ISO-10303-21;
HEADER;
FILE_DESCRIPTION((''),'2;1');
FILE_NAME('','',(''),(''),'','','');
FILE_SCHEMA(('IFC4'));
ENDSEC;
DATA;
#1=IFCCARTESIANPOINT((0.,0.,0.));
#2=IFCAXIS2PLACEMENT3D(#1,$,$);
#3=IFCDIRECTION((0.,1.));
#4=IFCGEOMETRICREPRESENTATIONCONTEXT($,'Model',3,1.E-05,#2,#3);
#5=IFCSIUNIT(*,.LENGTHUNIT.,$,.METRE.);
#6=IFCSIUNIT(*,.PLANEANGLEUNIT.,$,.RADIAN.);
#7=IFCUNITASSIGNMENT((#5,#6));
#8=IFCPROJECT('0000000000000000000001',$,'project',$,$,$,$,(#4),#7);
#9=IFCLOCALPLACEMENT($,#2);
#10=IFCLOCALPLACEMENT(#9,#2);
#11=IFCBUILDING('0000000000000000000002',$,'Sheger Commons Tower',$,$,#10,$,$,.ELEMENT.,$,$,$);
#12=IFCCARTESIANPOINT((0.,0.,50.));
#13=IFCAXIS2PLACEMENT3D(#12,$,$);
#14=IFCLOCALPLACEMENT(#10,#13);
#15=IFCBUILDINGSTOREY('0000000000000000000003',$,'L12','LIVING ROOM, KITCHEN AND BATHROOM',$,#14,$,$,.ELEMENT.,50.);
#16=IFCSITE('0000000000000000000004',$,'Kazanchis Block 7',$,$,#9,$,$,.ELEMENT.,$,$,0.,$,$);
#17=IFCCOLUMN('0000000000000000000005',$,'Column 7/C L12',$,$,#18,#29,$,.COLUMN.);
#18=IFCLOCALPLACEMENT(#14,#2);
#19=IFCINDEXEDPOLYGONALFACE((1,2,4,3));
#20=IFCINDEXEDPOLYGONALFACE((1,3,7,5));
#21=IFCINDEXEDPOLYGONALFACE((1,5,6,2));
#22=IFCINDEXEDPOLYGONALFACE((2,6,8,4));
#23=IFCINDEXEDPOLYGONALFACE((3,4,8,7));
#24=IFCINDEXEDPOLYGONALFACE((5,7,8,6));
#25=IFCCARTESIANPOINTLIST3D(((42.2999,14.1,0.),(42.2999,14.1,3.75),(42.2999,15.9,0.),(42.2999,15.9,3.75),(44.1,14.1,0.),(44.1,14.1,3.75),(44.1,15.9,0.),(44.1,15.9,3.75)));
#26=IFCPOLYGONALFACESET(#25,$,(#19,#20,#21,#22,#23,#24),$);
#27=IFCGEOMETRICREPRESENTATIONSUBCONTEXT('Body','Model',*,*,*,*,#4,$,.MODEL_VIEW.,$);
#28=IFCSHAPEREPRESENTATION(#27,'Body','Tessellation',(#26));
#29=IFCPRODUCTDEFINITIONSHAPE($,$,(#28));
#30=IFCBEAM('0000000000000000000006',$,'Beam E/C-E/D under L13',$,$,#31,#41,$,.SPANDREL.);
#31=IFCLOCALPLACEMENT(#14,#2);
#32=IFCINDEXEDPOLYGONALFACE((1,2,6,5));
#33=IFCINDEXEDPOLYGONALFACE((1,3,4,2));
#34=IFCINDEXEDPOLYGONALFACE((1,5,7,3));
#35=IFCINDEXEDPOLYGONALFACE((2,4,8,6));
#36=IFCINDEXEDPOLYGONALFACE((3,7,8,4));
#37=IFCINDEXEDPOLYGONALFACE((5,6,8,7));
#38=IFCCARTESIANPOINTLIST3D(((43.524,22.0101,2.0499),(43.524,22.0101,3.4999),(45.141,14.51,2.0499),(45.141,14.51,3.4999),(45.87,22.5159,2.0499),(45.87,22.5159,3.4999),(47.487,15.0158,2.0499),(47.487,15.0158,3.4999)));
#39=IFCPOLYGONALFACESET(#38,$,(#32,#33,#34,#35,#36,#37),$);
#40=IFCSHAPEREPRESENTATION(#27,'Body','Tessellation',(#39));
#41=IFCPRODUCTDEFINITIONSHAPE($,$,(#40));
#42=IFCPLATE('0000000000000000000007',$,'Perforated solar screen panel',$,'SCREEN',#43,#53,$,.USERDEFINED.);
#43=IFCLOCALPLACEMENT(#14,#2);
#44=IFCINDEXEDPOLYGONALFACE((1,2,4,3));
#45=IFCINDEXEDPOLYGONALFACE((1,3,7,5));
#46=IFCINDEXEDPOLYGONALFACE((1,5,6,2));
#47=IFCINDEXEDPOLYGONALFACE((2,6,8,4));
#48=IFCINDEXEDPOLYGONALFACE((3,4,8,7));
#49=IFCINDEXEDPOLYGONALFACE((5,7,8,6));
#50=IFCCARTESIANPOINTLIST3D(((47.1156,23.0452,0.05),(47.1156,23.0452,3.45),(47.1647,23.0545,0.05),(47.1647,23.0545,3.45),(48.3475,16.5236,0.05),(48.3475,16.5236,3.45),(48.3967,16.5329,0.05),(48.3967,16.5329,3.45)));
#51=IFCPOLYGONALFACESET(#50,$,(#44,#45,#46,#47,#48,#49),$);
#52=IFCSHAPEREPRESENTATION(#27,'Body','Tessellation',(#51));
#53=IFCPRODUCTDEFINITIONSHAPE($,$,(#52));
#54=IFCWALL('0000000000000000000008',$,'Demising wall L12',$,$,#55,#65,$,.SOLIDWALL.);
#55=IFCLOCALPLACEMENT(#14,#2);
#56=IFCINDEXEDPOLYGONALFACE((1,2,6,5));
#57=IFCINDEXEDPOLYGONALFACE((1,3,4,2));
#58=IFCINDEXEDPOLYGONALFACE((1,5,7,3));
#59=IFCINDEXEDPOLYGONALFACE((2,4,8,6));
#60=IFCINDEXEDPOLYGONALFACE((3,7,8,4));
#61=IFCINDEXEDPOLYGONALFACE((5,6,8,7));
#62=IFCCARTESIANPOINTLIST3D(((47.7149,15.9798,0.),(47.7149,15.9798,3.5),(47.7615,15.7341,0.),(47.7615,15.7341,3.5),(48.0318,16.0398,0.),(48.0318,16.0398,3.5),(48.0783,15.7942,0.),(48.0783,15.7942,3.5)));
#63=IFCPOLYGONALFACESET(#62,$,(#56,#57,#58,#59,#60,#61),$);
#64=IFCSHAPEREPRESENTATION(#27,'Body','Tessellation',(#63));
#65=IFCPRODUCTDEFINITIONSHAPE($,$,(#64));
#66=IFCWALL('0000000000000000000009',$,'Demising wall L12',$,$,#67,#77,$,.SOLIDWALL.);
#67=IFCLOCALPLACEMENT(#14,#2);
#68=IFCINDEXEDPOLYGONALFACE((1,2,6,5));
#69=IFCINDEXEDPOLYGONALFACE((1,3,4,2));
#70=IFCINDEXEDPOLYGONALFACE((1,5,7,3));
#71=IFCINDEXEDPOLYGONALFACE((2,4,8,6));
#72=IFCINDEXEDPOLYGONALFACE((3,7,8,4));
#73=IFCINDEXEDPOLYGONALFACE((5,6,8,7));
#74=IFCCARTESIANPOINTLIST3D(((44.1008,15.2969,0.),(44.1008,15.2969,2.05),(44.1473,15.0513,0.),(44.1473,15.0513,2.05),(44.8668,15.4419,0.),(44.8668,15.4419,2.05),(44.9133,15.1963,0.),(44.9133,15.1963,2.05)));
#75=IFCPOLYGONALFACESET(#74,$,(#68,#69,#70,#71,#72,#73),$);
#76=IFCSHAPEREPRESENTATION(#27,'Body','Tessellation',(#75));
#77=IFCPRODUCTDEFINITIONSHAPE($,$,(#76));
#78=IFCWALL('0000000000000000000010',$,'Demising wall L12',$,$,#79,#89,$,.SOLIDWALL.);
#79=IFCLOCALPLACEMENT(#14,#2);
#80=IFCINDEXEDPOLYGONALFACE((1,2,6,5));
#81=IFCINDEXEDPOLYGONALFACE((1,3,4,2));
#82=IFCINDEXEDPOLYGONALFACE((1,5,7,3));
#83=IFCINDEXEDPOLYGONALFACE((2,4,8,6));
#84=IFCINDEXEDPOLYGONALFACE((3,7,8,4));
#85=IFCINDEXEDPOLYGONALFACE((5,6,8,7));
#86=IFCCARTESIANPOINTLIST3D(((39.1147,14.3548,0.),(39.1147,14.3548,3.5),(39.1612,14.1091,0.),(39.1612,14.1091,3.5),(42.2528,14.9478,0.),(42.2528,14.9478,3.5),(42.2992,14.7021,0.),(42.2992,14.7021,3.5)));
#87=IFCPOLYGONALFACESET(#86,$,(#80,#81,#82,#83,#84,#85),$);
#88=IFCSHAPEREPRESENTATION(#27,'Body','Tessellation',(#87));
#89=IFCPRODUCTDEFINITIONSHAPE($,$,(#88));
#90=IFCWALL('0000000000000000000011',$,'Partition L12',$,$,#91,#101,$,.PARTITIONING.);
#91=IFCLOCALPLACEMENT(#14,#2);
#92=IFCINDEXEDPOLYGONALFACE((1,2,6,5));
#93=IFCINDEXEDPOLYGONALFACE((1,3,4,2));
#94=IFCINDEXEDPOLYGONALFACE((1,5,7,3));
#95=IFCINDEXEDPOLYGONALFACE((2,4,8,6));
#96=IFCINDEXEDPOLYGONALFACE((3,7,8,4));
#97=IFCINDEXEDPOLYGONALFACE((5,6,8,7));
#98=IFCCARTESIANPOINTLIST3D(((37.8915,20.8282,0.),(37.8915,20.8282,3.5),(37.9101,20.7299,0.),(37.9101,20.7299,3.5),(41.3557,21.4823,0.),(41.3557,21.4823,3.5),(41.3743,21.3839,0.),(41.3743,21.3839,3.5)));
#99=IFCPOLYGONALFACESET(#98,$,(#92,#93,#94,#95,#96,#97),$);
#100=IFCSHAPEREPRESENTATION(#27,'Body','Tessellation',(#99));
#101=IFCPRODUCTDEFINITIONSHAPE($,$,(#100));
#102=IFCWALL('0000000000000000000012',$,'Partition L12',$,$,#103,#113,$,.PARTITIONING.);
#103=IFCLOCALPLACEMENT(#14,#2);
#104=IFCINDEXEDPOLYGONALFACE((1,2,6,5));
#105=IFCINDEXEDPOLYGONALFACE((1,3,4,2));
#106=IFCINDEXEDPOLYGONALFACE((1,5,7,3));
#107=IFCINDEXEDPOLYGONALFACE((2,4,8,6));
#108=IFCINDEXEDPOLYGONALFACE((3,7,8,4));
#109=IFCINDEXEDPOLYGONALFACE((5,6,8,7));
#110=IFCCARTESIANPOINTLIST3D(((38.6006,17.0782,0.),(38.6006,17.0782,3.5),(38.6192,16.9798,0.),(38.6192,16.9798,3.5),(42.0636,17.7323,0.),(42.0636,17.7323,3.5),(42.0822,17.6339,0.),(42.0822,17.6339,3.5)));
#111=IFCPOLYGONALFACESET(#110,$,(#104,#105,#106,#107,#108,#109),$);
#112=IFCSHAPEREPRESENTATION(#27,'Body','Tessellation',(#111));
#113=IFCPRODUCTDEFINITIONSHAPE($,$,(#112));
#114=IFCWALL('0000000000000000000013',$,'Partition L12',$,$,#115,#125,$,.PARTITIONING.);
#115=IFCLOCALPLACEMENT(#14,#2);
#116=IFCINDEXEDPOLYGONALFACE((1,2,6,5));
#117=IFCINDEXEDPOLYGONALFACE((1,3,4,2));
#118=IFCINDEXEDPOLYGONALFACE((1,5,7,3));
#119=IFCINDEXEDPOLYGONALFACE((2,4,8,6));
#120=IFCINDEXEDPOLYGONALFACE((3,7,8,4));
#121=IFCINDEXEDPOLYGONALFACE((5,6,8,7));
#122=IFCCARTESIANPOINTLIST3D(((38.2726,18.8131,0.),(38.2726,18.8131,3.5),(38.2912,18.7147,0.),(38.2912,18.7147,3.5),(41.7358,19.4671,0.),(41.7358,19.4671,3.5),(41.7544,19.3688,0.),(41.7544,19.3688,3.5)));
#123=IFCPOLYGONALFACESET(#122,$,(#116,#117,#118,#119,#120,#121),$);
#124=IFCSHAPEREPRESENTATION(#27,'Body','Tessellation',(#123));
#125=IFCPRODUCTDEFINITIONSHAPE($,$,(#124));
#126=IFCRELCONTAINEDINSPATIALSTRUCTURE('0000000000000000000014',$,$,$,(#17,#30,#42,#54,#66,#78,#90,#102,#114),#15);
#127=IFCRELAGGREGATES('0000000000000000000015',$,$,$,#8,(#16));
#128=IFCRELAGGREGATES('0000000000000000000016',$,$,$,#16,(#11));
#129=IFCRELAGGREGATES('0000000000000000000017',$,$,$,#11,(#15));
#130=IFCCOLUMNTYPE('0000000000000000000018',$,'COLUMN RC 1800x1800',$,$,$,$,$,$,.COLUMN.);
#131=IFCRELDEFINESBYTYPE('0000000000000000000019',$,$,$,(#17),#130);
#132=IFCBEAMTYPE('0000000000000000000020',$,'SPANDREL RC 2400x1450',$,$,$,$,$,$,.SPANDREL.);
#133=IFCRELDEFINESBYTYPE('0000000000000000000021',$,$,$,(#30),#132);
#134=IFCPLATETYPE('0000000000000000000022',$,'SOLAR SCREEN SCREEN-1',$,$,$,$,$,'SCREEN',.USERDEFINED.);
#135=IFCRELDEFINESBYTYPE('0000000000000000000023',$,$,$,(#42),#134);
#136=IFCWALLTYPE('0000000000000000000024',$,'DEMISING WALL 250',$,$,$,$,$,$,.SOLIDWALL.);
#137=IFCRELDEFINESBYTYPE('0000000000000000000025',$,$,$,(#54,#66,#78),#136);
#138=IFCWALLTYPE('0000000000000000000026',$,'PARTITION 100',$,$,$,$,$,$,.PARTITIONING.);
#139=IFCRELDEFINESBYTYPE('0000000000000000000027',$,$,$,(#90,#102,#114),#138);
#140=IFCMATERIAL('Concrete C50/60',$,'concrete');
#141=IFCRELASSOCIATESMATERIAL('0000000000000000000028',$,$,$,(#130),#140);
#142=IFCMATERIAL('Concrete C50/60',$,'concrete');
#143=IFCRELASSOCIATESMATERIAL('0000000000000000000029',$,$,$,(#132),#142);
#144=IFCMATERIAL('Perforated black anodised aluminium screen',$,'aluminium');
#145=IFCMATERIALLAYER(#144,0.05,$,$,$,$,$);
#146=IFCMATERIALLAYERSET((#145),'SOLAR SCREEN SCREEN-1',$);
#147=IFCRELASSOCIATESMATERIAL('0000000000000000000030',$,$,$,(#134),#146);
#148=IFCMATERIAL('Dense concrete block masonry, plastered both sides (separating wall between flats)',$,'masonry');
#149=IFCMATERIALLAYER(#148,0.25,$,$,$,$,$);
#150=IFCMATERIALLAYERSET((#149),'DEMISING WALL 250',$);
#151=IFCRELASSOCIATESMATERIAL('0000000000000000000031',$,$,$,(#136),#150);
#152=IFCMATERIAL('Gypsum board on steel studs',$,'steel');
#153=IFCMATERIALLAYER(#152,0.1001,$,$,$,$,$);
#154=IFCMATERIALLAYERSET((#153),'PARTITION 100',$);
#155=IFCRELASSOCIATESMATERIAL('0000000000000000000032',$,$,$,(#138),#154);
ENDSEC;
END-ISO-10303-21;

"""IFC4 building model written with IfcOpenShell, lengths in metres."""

from ifc_helpers import new_model, si_unit, direction, frame, frame_2d, origin, origin_2d, place, context, subcontext, project, spatial, rectangle, extrude, material, layer, layer_set, material_profile, profile_set, type_object, element, save


model = new_model("IFC4")

# Units and contexts
model_context = context("Model", 3, precision=1e-05, world=origin(), true_north=direction((0.0, 1.0)))
body_context = subcontext(model_context, "Body", "Model", "MODEL_VIEW")
ifc_project = project(units=[si_unit("LENGTHUNIT", "METRE"), si_unit("PLANEANGLEUNIT", "RADIAN")], contexts=[model_context])

# Site, building, storey
site_placement = place(None, origin())
site = spatial("IfcSite", under=ifc_project, at=site_placement, Name="Kazanchis Block 7", CompositionType="ELEMENT", RefElevation=0.0)
building_placement = place(site_placement, origin())
building = spatial("IfcBuilding", under=site, at=building_placement, Name="Sheger Commons Tower", CompositionType="ELEMENT")
storey_placement = place(building_placement, frame((0.0, 0.0, 50.0)))
storey = spatial("IfcBuildingStorey", under=building, at=storey_placement, Name="L12", Description="LIVING ROOM, KITCHEN AND BATHROOM", CompositionType="ELEMENT", Elevation=50.0)

# Column
ifc_material_1 = material(Name="Concrete C50/60", Category="concrete")
ifc_material_profile_1 = material_profile(ifc_material_1, rectangle(XDim=1.8, YDim=1.8, at=origin_2d()), Name="RC 1800x1800")
ifc_profile_set_1 = profile_set([ifc_material_profile_1], Name="Concrete C50/60")
column_type = type_object("IfcColumnType", Name="COLUMN RC 1800x1800", PredefinedType="COLUMN", material=ifc_profile_set_1)
column_placement = place(storey_placement, frame((43.2, 15.0, 0.0), z_axis=(0.0, 0.0, 1.0), x_axis=(1.0, 0.0, 0.0)))
element("IfcColumn", 1, at=column_placement, inside=storey, type_object=column_type, Name="Column 7/C L12", PredefinedType="COLUMN", context=body_context, shape_type="SweptSolid", body=[
    extrude(rectangle(XDim=1.8, YDim=1.8, at=origin_2d()), origin(), (0.0, 0.0, 1.0), 3.75),
])

# Beam
ifc_material_2 = material(Name="Concrete C50/60", Category="concrete")
ifc_material_profile_2 = material_profile(ifc_material_2, rectangle(XDim=2.3999, YDim=1.45, at=origin_2d()), Name="RC 2400x1450")
ifc_profile_set_2 = profile_set([ifc_material_profile_2], Name="Concrete C50/60")
beam_type = type_object("IfcBeamType", Name="SPANDREL RC 2400x1450", PredefinedType="SPANDREL", material=ifc_profile_set_2)
beam_placement = place(storey_placement, frame((46.314, 14.7629, 2.7749), z_axis=(-0.21075, 0.97754, 0.0), x_axis=(-0.97754, -0.21075, 0.0)))
element("IfcBeam", 2, at=beam_placement, inside=storey, type_object=beam_type, Name="Beam E/C-E/D under L13", PredefinedType="SPANDREL", context=body_context, shape_type="SweptSolid", body=[
    extrude(rectangle(XDim=2.3999, YDim=1.45, at=origin_2d()), origin(), (0.0, 0.0, 1.0), 7.6724),
])

# Plate
ifc_material_3 = material(Name="Perforated black anodised aluminium screen", Category="aluminium")
ifc_layer_1 = layer(ifc_material_3, 0.05)
ifc_layer_set_1 = layer_set([ifc_layer_1], Name="SOLAR SCREEN SCREEN-1")
plate_type = type_object("IfcPlateType", Name="SOLAR SCREEN SCREEN-1", ElementType="SCREEN", PredefinedType="USERDEFINED", material=ifc_layer_set_1)
plate_placement = place(storey_placement, frame((47.7561, 19.7891, 0.05), z_axis=(0.0, 0.0, 1.0), x_axis=(-0.185615, 0.982623, 0.0)))
element("IfcPlate", 3, at=plate_placement, inside=storey, type_object=plate_type, Name="Perforated solar screen panel", ObjectType="SCREEN", PredefinedType="USERDEFINED", context=body_context, shape_type="SweptSolid", body=[
    extrude(rectangle(XDim=6.637, YDim=0.05, at=origin_2d()), origin(), (0.0, 0.0, 1.0), 3.3999),
])

# Walls
ifc_material_4 = material(Name="Dense concrete block masonry, plastered both sides (separating wall between flats)", Category="masonry")
ifc_layer_2 = layer(ifc_material_4, 0.25)
ifc_layer_set_2 = layer_set([ifc_layer_2], Name="DEMISING WALL 250")
wall_type_1 = type_object("IfcWallType", Name="DEMISING WALL 250", PredefinedType="SOLIDWALL", material=ifc_layer_set_2)
wall_1_placement = place(storey_placement, frame((48.0549, 15.917, 0.0), z_axis=(0.0, 0.0, 1.0), x_axis=(-0.98251, -0.186208, 0.0)))
element("IfcWall", 4, at=wall_1_placement, inside=storey, type_object=wall_type_1, Name="Demising wall L12", PredefinedType="SOLIDWALL", context=body_context, shape_type="SweptSolid", body=[
    extrude(rectangle(XDim=0.3225, YDim=0.25, at=frame_2d((0.1611, 0.0))), origin(), (0.0, 0.0, 1.0), 3.5),
])
wall_2_placement = place(storey_placement, frame((44.8899, 15.3191, 0.0), z_axis=(0.0, 0.0, 1.0), x_axis=(-0.982541, -0.186047, 0.0)))
element("IfcWall", 5, at=wall_2_placement, inside=storey, type_object=wall_type_1, Name="Demising wall L12", PredefinedType="SOLIDWALL", context=body_context, shape_type="SweptSolid", body=[
    extrude(rectangle(XDim=0.7795, YDim=0.25, at=frame_2d((0.3896, 0.0))), origin(), (0.0, 0.0, 1.0), 2.05),
])
wall_3_placement = place(storey_placement, frame((42.2759, 14.825, 0.0), z_axis=(0.0, 0.0, 1.0), x_axis=(-0.982607, -0.185696, 0.0)))
element("IfcWall", 6, at=wall_3_placement, inside=storey, type_object=wall_type_1, Name="Demising wall L12", PredefinedType="SOLIDWALL", context=body_context, shape_type="SweptSolid", body=[
    extrude(rectangle(XDim=3.1936, YDim=0.25, at=frame_2d((1.5967, 0.0))), origin(), (0.0, 0.0, 1.0), 3.5),
])
ifc_material_5 = material(Name="Gypsum board on steel studs", Category="steel")
ifc_layer_3 = layer(ifc_material_5, 0.1001)
ifc_layer_set_3 = layer_set([ifc_layer_3], Name="PARTITION 100")
wall_type_2 = type_object("IfcWallType", Name="PARTITION 100", PredefinedType="PARTITIONING", material=ifc_layer_set_3)
wall_4_placement = place(storey_placement, frame((41.365, 21.4331, 0.0), z_axis=(0.0, 0.0, 1.0), x_axis=(-0.982639, -0.18553, 0.0)))
element("IfcWall", 7, at=wall_4_placement, inside=storey, type_object=wall_type_2, Name="Partition L12", PredefinedType="PARTITIONING", context=body_context, shape_type="SweptSolid", body=[
    extrude(rectangle(XDim=3.5254, YDim=0.1001, at=frame_2d((1.7627, 0.0))), origin(), (0.0, 0.0, 1.0), 3.5),
])
wall_5_placement = place(storey_placement, frame((42.073, 17.6831, 0.0), z_axis=(0.0, 0.0, 1.0), x_axis=(-0.982627, -0.185593, 0.0)))
element("IfcWall", 8, at=wall_5_placement, inside=storey, type_object=wall_type_2, Name="Partition L12", PredefinedType="PARTITIONING", context=body_context, shape_type="SweptSolid", body=[
    extrude(rectangle(XDim=3.5242, YDim=0.1001, at=frame_2d((1.7622, 0.0))), origin(), (0.0, 0.0, 1.0), 3.5),
])
wall_6_placement = place(storey_placement, frame((41.7451, 19.418, 0.0), z_axis=(0.0, 0.0, 1.0), x_axis=(-0.982629, -0.185581, 0.0)))
element("IfcWall", 9, at=wall_6_placement, inside=storey, type_object=wall_type_2, Name="Partition L12", PredefinedType="PARTITIONING", context=body_context, shape_type="SweptSolid", body=[
    extrude(rectangle(XDim=3.5244, YDim=0.1001, at=frame_2d((1.7622, 0.0))), origin(), (0.0, 0.0, 1.0), 3.5),
])

save(model, "model.ifc")
